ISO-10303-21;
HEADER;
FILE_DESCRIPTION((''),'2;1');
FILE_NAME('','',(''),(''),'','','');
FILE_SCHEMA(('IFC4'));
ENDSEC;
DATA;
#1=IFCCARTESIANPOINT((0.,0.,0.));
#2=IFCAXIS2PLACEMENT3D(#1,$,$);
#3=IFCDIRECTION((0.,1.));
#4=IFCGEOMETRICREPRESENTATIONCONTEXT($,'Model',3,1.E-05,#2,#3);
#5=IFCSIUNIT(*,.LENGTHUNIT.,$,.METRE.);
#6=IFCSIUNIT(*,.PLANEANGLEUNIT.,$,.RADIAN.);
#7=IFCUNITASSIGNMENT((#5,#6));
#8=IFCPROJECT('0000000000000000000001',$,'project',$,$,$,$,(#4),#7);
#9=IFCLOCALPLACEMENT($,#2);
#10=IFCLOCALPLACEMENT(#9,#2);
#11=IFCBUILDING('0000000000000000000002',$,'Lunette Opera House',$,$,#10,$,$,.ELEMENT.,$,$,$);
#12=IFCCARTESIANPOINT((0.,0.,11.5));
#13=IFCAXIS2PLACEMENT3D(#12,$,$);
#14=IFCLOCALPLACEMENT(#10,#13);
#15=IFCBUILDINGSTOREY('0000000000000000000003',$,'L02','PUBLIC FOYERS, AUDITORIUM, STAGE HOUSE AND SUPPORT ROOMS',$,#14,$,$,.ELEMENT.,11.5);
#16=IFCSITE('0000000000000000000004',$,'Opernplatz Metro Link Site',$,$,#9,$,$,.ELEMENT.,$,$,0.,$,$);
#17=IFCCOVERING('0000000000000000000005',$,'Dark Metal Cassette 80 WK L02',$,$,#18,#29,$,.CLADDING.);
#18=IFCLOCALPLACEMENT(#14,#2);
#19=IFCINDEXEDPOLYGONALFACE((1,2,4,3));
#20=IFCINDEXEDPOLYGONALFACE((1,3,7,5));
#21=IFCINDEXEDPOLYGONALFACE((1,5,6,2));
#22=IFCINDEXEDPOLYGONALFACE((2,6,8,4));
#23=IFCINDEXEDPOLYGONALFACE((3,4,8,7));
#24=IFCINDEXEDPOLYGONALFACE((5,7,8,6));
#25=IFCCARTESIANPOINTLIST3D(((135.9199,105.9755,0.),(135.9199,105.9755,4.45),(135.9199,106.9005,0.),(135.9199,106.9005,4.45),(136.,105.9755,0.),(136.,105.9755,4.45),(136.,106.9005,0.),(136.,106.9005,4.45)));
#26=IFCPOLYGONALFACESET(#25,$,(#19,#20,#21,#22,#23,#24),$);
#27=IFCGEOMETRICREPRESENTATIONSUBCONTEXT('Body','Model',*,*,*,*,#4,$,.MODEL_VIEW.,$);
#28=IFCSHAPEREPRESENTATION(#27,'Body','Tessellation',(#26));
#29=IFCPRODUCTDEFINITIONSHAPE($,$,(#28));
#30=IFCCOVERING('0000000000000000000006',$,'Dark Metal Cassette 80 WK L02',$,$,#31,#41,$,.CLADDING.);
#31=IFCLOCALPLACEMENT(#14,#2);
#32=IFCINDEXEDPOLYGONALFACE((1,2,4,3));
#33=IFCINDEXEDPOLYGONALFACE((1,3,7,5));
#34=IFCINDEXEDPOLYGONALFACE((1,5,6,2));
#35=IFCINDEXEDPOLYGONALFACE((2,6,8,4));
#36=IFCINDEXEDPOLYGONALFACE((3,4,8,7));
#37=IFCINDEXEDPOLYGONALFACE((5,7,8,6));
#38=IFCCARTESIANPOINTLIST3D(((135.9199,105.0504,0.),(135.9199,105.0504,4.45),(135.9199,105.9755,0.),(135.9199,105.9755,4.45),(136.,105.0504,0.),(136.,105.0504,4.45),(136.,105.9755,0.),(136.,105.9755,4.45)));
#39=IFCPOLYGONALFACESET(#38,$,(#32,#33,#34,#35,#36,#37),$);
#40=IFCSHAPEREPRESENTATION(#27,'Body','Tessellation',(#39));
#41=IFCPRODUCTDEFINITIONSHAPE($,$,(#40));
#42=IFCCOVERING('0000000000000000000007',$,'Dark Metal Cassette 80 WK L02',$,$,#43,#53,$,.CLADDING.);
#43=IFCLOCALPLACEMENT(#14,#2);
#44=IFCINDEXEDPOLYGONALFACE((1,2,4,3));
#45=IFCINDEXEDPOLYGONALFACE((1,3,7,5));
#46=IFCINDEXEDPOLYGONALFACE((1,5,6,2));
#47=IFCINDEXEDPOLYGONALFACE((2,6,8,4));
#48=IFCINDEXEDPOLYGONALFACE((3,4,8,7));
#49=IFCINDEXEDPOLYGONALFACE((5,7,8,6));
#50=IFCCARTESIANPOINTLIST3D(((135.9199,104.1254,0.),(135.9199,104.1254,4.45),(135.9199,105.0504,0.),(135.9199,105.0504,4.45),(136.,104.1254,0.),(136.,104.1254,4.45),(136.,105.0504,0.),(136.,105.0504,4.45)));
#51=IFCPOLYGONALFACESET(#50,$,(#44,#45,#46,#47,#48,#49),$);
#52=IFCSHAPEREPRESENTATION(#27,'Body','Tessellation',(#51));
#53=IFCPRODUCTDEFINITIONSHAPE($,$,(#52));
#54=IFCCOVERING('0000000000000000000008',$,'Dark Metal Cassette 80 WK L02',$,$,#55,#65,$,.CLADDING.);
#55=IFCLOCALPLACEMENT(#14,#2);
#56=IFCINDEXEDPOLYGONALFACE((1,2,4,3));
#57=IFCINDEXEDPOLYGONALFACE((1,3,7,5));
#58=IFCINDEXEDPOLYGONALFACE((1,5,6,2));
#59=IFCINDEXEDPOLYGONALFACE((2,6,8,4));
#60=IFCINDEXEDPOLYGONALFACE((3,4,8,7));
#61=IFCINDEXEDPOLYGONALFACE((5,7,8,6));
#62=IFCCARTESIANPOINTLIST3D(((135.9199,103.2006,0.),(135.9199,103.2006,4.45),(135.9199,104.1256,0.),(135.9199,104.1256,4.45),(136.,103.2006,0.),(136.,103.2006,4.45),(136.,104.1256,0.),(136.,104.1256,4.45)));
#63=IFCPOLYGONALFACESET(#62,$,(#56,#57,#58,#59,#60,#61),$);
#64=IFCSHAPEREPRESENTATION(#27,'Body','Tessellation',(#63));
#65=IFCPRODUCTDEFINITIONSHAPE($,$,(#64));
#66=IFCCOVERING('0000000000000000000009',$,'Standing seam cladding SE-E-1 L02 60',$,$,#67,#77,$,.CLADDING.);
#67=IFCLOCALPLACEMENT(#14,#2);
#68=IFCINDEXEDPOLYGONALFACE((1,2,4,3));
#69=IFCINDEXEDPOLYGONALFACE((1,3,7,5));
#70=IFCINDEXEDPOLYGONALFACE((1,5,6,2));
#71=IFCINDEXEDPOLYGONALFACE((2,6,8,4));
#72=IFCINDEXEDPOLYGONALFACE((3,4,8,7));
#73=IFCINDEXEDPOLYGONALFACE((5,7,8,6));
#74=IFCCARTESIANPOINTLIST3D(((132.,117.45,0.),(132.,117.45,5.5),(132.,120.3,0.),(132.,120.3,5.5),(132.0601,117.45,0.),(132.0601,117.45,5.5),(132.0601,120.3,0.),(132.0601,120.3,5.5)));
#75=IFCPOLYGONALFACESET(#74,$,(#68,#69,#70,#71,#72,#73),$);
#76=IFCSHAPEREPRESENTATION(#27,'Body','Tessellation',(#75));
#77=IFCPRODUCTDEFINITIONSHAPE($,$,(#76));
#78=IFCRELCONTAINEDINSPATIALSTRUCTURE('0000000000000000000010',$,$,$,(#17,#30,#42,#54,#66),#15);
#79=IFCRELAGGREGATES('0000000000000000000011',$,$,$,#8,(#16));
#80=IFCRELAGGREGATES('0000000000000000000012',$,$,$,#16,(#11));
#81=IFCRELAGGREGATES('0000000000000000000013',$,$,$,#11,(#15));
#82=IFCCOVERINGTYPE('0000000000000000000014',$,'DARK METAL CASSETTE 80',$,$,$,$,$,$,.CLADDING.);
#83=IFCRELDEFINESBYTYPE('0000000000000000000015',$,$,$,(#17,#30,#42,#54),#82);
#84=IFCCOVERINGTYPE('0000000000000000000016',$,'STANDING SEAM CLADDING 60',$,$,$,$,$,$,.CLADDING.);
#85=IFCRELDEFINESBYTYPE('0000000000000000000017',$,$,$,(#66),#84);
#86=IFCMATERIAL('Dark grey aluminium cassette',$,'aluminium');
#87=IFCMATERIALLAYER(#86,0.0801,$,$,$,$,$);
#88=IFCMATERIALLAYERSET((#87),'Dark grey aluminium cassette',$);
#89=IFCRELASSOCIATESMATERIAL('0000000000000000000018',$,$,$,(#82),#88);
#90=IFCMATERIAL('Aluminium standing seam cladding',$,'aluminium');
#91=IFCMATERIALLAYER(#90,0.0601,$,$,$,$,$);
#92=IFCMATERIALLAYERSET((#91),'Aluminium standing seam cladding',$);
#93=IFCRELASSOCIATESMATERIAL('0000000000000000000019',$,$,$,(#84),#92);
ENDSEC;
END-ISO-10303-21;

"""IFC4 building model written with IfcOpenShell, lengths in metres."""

from ifc_helpers import new_model, si_unit, direction, frame, origin, origin_2d, place, context, subcontext, project, spatial, rectangle, extrude, material, layer, layer_set, type_object, element, save


model = new_model("IFC4")

# Units and contexts
model_context = context("Model", 3, precision=1e-05, world=origin(), true_north=direction((0.0, 1.0)))
body_context = subcontext(model_context, "Body", "Model", "MODEL_VIEW")
ifc_project = project(units=[si_unit("LENGTHUNIT", "METRE"), si_unit("PLANEANGLEUNIT", "RADIAN")], contexts=[model_context])

# Site, building, storey
site_placement = place(None, origin())
site = spatial("IfcSite", under=ifc_project, at=site_placement, Name="Opernplatz Metro Link Site", CompositionType="ELEMENT", RefElevation=0.0)
building_placement = place(site_placement, origin())
building = spatial("IfcBuilding", under=site, at=building_placement, Name="Lunette Opera House", CompositionType="ELEMENT")
storey_placement = place(building_placement, frame((0.0, 0.0, 11.5)))
storey = spatial("IfcBuildingStorey", under=building, at=storey_placement, Name="L02", Description="PUBLIC FOYERS, AUDITORIUM, STAGE HOUSE AND SUPPORT ROOMS", CompositionType="ELEMENT", Elevation=11.5)

# Coverings
ifc_material_1 = material(Name="Dark grey aluminium cassette", Category="aluminium")
ifc_layer_1 = layer(ifc_material_1, 0.0801)
ifc_layer_set_1 = layer_set([ifc_layer_1], Name="Dark grey aluminium cassette")
covering_type_1 = type_object("IfcCoveringType", Name="DARK METAL CASSETTE 80", PredefinedType="CLADDING", material=ifc_layer_set_1)
for number, where, z_axis, x_axis, name in (
    (1, (135.96, 106.438, 0.0), (0.0, 0.0, 1.0), (0.0, -1.0, 0.0), "Dark Metal Cassette 80 WK L02"),
    (2, (135.96, 105.5129, 0.0), (0.0, 0.0, 1.0), (0.0, -1.0, 0.0), "Dark Metal Cassette 80 WK L02"),
    (3, (135.96, 104.5879, 0.0), (0.0, 0.0, 1.0), (0.0, -1.0, 0.0), "Dark Metal Cassette 80 WK L02"),
    (4, (135.96, 103.6631, 0.0), (0.0, 0.0, 1.0), (0.0, -1.0, 0.0), "Dark Metal Cassette 80 WK L02"),
):
    element("IfcCovering", number, at=place(storey_placement, frame(where, z_axis=z_axis, x_axis=x_axis)), inside=storey, type_object=covering_type_1, Name=name, PredefinedType="CLADDING", context=body_context, shape_type="SweptSolid", body=[
        extrude(rectangle(XDim=0.925, YDim=0.0801, at=origin_2d()), origin(), (0.0, 0.0, 1.0), 4.45),
    ])
ifc_material_2 = material(Name="Aluminium standing seam cladding", Category="aluminium")
ifc_layer_2 = layer(ifc_material_2, 0.0601)
ifc_layer_set_2 = layer_set([ifc_layer_2], Name="Aluminium standing seam cladding")
covering_type_2 = type_object("IfcCoveringType", Name="STANDING SEAM CLADDING 60", PredefinedType="CLADDING", material=ifc_layer_set_2)
covering_placement = place(storey_placement, frame((132.03, 118.875, 0.0), z_axis=(0.0, 0.0, 1.0), x_axis=(0.0, 1.0, 0.0)))
element("IfcCovering", 5, at=covering_placement, inside=storey, type_object=covering_type_2, Name="Standing seam cladding SE-E-1 L02 60", PredefinedType="CLADDING", context=body_context, shape_type="SweptSolid", body=[
    extrude(rectangle(XDim=2.8501, YDim=0.0601, at=origin_2d()), origin(), (0.0, 0.0, 1.0), 5.5),
])

save(model, "model.ifc")
